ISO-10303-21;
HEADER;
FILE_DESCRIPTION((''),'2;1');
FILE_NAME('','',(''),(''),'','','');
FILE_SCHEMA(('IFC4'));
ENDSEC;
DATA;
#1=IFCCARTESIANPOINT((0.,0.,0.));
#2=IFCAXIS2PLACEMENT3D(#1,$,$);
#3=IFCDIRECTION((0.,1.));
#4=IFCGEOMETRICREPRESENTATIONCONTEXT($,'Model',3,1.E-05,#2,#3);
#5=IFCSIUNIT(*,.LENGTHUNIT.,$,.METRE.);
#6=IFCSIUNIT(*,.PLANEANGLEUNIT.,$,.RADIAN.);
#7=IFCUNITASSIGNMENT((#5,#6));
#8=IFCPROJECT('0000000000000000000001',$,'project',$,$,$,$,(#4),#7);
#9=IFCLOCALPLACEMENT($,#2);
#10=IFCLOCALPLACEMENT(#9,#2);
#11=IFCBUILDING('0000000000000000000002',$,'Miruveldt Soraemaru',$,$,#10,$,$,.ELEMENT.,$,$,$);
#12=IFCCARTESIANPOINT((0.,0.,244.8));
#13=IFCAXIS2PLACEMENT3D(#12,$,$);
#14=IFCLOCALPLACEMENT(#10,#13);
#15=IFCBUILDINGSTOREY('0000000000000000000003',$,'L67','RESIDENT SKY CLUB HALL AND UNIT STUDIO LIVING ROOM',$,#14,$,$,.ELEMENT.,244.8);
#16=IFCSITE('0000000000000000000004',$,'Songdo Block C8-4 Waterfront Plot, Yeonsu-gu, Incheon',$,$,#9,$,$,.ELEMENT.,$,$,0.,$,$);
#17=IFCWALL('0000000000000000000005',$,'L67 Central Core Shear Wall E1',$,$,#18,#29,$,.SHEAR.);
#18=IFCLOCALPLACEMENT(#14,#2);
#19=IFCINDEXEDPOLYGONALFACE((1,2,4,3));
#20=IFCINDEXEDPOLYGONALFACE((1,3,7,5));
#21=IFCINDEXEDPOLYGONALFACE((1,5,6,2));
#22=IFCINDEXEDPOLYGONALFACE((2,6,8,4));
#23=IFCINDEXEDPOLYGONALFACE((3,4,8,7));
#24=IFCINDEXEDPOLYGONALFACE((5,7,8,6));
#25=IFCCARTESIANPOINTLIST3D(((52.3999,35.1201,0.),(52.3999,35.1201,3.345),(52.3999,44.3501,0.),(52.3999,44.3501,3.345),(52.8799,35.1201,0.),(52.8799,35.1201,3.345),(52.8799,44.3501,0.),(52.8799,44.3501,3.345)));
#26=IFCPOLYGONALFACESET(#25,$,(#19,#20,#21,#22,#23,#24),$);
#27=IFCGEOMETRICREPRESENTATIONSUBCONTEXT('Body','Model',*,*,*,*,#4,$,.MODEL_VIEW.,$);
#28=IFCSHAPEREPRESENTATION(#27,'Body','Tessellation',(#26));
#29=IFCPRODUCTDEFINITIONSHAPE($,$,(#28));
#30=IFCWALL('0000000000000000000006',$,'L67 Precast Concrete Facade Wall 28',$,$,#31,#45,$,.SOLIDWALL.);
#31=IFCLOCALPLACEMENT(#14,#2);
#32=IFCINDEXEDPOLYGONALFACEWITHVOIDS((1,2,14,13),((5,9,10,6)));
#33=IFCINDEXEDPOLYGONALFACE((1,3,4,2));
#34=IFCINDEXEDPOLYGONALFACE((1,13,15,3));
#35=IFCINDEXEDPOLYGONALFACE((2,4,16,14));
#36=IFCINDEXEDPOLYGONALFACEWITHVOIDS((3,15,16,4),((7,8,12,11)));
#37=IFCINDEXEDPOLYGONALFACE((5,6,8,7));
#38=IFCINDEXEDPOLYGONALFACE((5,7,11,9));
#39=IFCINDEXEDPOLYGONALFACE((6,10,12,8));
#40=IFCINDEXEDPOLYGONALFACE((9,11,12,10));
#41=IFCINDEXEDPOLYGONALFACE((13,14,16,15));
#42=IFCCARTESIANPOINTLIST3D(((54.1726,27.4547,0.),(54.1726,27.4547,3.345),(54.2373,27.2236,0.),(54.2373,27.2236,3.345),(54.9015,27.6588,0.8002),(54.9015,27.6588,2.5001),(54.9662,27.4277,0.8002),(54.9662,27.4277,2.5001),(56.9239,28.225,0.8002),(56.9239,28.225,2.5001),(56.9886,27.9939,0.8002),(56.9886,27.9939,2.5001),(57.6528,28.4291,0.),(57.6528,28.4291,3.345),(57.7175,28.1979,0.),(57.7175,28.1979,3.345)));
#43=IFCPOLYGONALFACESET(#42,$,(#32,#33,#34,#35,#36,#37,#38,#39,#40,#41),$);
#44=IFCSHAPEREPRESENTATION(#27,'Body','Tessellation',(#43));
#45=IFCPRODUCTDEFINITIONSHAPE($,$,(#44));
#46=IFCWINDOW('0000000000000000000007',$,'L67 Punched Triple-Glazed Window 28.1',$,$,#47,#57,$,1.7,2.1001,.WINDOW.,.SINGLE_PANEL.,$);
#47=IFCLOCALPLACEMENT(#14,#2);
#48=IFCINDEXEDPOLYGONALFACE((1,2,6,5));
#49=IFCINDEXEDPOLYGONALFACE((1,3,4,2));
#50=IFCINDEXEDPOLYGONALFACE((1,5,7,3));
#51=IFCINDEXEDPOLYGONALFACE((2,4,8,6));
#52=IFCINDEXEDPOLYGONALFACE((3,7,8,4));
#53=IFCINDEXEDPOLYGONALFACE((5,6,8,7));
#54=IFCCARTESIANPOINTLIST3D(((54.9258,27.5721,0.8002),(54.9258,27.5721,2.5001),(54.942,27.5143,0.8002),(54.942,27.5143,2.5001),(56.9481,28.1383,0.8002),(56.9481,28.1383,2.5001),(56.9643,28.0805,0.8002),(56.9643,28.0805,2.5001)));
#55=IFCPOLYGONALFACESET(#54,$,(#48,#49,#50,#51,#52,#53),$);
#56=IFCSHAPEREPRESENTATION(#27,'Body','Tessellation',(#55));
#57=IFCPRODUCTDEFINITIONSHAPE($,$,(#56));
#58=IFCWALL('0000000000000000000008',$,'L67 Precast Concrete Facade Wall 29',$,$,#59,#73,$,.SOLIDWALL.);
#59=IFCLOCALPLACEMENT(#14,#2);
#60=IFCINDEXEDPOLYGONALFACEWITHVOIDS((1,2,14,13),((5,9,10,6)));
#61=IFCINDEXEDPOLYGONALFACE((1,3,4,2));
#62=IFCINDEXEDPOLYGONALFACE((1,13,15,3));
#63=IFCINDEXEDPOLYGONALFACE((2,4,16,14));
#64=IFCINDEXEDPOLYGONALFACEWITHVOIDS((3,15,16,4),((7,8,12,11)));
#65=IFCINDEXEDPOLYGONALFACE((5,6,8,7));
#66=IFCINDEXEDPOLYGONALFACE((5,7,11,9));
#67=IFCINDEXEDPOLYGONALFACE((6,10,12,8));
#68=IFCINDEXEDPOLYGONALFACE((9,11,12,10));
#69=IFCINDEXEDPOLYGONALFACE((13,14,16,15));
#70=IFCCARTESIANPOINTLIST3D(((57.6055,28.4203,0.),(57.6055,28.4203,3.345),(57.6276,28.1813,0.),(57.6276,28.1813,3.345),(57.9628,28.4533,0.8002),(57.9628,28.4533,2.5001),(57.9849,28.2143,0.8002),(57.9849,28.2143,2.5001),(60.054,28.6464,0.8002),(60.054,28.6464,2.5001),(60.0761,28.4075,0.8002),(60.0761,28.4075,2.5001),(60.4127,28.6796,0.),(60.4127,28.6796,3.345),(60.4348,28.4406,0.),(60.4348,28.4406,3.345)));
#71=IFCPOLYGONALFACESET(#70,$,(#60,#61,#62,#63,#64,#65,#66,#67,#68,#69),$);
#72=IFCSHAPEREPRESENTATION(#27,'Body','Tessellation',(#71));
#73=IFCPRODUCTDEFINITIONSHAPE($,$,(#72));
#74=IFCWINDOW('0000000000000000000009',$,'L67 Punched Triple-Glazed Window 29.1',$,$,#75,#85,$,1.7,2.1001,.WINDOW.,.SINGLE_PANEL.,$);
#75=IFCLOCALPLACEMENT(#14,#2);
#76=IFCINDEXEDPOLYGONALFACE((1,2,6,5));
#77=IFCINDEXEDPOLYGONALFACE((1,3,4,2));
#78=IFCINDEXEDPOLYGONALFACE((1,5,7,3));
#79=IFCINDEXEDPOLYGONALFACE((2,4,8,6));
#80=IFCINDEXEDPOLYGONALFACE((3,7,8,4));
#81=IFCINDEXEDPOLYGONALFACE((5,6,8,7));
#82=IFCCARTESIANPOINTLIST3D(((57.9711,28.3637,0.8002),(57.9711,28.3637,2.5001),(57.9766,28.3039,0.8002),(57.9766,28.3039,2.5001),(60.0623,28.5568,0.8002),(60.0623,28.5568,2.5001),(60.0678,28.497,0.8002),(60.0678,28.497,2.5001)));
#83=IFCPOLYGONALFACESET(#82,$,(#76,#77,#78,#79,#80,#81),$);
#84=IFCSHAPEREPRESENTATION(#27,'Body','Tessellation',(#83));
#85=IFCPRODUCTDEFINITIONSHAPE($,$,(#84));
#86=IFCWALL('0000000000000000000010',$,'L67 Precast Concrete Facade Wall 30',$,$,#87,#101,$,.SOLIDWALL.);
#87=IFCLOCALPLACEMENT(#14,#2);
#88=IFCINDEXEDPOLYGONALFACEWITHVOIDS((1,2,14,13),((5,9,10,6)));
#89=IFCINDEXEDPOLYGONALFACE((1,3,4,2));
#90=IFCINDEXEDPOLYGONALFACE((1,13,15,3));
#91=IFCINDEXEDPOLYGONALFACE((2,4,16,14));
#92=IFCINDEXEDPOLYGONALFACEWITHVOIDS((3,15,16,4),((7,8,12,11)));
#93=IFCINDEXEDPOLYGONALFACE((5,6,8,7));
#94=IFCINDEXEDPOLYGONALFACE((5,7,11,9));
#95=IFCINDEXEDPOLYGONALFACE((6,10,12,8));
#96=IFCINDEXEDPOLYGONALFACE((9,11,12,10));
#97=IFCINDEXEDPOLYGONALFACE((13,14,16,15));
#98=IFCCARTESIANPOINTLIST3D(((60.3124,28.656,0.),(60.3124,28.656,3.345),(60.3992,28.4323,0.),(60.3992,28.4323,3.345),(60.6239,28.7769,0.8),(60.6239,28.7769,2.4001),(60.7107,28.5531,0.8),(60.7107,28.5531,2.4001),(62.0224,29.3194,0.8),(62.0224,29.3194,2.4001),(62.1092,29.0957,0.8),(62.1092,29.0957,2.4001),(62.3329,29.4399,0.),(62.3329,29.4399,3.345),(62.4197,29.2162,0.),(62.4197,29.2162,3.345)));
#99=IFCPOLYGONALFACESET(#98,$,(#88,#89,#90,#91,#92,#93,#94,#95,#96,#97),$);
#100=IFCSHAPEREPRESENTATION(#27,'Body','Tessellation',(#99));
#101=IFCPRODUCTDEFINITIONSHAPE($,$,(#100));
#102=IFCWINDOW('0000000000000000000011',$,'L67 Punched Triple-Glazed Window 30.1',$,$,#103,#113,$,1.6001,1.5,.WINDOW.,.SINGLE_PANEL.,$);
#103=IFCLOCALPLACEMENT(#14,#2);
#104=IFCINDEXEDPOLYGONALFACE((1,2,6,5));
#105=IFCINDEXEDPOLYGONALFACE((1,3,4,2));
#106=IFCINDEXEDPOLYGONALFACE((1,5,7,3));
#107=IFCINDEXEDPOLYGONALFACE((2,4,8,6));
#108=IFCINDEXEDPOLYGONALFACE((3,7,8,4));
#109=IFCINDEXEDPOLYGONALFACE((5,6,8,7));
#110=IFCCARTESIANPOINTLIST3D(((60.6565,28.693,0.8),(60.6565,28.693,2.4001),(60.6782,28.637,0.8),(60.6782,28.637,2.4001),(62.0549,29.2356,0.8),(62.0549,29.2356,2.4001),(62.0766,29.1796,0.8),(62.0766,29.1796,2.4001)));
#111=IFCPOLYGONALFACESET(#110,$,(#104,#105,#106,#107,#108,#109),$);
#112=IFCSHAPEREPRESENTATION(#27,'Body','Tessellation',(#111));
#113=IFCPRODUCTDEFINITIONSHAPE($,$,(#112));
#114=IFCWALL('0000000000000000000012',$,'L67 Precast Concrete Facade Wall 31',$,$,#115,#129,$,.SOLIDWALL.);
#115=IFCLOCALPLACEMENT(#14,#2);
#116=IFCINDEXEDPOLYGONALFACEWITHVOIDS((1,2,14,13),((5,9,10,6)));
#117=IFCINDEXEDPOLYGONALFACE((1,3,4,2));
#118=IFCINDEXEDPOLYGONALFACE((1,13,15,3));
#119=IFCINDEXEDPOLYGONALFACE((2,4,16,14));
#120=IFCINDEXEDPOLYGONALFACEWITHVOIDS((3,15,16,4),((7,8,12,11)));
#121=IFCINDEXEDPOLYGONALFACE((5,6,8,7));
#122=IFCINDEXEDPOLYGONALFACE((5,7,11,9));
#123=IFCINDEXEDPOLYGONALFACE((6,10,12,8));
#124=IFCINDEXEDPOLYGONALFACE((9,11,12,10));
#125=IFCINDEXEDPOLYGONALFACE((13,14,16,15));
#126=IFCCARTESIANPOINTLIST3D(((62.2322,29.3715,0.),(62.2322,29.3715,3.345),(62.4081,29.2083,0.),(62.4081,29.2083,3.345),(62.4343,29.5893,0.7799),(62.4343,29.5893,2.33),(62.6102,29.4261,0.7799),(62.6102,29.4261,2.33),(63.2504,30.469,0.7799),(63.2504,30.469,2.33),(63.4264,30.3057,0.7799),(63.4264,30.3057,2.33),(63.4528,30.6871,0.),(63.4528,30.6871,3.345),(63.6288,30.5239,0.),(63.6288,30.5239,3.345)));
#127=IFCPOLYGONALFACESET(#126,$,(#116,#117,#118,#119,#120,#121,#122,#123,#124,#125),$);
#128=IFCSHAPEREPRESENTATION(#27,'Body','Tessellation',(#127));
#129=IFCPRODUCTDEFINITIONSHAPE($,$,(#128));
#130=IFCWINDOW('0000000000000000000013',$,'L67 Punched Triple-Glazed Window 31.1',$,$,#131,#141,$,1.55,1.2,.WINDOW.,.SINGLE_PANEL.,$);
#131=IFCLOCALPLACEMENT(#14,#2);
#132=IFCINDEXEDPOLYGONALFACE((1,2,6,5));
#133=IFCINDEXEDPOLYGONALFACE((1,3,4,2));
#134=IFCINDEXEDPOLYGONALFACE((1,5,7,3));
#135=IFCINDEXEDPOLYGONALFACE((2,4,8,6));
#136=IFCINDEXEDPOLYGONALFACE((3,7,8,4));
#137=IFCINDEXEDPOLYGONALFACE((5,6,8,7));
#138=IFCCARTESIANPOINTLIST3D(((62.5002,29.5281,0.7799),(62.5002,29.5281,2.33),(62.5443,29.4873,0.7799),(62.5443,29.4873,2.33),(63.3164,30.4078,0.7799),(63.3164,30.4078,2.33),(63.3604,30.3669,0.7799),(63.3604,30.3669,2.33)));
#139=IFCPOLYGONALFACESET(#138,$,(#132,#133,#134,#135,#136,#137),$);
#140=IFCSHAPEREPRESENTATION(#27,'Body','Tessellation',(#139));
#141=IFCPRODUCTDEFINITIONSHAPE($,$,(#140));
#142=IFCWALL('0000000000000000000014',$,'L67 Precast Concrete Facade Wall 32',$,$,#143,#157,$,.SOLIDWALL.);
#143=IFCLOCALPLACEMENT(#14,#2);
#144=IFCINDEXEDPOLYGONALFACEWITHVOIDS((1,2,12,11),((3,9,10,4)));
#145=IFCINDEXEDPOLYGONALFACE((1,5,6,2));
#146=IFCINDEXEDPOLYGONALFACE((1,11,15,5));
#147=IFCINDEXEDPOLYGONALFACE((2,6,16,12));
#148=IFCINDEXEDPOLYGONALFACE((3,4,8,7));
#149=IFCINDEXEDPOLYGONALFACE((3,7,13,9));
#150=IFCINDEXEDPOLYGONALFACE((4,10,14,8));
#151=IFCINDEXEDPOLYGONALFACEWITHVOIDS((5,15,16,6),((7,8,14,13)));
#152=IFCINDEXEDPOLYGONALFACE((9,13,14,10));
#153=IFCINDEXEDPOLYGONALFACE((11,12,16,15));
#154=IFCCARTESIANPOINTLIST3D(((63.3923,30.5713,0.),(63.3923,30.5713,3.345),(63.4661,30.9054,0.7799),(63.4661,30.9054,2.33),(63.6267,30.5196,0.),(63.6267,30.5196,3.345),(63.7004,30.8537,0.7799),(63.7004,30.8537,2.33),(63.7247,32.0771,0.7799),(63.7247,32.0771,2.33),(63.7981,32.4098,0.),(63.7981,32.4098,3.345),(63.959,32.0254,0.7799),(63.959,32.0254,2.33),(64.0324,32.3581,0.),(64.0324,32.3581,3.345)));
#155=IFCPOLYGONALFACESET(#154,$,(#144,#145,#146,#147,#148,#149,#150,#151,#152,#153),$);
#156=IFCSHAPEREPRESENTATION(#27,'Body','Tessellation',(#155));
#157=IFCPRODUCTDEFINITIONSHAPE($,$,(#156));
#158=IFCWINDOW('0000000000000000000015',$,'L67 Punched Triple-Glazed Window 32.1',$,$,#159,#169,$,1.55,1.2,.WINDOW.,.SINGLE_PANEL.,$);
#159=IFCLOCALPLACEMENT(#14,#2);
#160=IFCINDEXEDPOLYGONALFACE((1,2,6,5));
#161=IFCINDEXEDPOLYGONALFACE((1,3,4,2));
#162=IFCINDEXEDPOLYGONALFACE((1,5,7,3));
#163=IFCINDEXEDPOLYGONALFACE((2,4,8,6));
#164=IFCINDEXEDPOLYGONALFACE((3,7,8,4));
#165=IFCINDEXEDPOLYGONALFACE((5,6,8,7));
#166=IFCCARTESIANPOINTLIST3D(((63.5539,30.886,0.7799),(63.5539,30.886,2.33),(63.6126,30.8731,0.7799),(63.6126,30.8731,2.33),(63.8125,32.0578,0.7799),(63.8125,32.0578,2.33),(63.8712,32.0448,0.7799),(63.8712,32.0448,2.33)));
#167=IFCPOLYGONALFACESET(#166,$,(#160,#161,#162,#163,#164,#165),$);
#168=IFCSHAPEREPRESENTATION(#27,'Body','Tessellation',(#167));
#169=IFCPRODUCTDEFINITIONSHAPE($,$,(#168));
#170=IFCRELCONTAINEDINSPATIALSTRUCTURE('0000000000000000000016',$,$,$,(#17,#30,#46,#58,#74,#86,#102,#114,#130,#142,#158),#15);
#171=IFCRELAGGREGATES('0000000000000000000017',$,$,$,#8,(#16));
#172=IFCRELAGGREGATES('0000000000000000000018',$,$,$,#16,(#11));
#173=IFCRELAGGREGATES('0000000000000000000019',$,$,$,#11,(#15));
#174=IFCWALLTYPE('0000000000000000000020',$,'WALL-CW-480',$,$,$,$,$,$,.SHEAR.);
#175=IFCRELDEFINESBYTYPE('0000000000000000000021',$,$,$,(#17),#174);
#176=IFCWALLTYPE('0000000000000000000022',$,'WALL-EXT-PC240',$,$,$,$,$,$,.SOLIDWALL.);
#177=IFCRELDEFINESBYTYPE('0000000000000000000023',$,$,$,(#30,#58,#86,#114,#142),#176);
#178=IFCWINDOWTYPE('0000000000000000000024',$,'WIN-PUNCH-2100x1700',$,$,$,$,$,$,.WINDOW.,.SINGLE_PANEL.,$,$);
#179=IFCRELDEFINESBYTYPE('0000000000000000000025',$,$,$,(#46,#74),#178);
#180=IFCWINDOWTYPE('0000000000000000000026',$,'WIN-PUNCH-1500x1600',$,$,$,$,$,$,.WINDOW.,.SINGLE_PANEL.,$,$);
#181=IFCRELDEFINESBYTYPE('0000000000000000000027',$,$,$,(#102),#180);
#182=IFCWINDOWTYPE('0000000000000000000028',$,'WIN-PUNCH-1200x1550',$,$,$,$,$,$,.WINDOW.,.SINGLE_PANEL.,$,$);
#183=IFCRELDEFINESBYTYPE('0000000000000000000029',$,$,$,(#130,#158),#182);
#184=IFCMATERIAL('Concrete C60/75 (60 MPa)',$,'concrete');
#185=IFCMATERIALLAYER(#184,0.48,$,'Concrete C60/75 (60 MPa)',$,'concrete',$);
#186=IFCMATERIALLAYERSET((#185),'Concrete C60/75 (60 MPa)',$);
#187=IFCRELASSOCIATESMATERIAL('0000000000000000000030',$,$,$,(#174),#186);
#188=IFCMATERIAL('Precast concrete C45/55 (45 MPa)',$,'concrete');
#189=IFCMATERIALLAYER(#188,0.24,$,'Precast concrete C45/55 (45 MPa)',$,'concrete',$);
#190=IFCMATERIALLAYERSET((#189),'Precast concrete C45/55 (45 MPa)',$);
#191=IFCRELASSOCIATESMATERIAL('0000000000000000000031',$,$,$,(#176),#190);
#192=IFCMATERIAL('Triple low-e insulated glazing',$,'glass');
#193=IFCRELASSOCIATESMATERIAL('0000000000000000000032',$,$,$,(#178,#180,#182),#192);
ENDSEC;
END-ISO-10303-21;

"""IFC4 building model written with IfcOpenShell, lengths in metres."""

from ifc_helpers import new_model, si_unit, direction, frame, frame_2d, origin, place, context, subcontext, project, spatial, rectangle, extrude, material, layer, layer_set, type_object, element, fill, save


model = new_model("IFC4")

# Units and contexts
model_context = context("Model", 3, precision=1e-05, world=origin(), true_north=direction((0.0, 1.0)))
body_context = subcontext(model_context, "Body", "Model", "MODEL_VIEW")
ifc_project = project(units=[si_unit("LENGTHUNIT", "METRE"), si_unit("PLANEANGLEUNIT", "RADIAN")], contexts=[model_context])

# Site, building, storey
site_placement = place(None, origin())
site = spatial("IfcSite", under=ifc_project, at=site_placement, Name="Songdo Block C8-4 Waterfront Plot, Yeonsu-gu, Incheon", CompositionType="ELEMENT", RefElevation=0.0)
building_placement = place(site_placement, origin())
building = spatial("IfcBuilding", under=site, at=building_placement, Name="Miruveldt Soraemaru", CompositionType="ELEMENT")
storey_placement = place(building_placement, frame((0.0, 0.0, 244.8)))
storey = spatial("IfcBuildingStorey", under=building, at=storey_placement, Name="L67", Description="RESIDENT SKY CLUB HALL AND UNIT STUDIO LIVING ROOM", CompositionType="ELEMENT", Elevation=244.8)

# Wall
ifc_material_1 = material(Name="Concrete C60/75 (60 MPa)", Category="concrete")
ifc_layer_1 = layer(ifc_material_1, 0.48, Name="Concrete C60/75 (60 MPa)", Category="concrete")
ifc_layer_set_1 = layer_set([ifc_layer_1], Name="Concrete C60/75 (60 MPa)")
wall_type_1 = type_object("IfcWallType", Name="WALL-CW-480", PredefinedType="SHEAR", material=ifc_layer_set_1)
wall_1_placement = place(storey_placement, frame((52.6399, 35.1201, 0.0), z_axis=(0.0, 0.0, 1.0), x_axis=(0.0, 1.0, 0.0)))
element("IfcWall", 1, at=wall_1_placement, inside=storey, type_object=wall_type_1, Name="L67 Central Core Shear Wall E1", PredefinedType="SHEAR", context=body_context, shape_type="SweptSolid", body=[
    extrude(rectangle(XDim=9.23, YDim=0.48, at=frame_2d((4.615, 0.0))), origin(), (0.0, 0.0, 1.0), 3.345),
])

# Walls, openings, windows
ifc_material_2 = material(Name="Precast concrete C45/55 (45 MPa)", Category="concrete")
ifc_layer_2 = layer(ifc_material_2, 0.24, Name="Precast concrete C45/55 (45 MPa)", Category="concrete")
ifc_layer_set_2 = layer_set([ifc_layer_2], Name="Precast concrete C45/55 (45 MPa)")
wall_type_2 = type_object("IfcWallType", Name="WALL-EXT-PC240", PredefinedType="SOLIDWALL", material=ifc_layer_set_2)
wall_2_placement = place(storey_placement, frame((54.2048, 27.3391, 0.0), z_axis=(0.0, 0.0, 1.0), x_axis=(0.962971, 0.269605, 0.0)))
wall_2 = element("IfcWall", 2, at=wall_2_placement, inside=storey, type_object=wall_type_2, Name="L67 Precast Concrete Facade Wall 28", PredefinedType="SOLIDWALL", context=body_context, shape_type="SweptSolid", body=[
    extrude(rectangle(XDim=3.614, YDim=0.24, at=frame_2d((1.8071, 0.0))), origin(), (0.0, 0.0, 1.0), 3.345),
])
opening_1_placement = place(wall_2_placement, frame((0.7571, 0.0, 0.8)))
opening_1 = element("IfcOpeningElement", 3, at=opening_1_placement, cuts=wall_2, PredefinedType="OPENING", context=body_context, shape_type="SweptSolid", body=[
    extrude(rectangle(XDim=2.1001, YDim=1.7, at=frame_2d((1.05, 0.8501))), frame((0.0, 0.1299, 0.0), z_axis=(0.0, -1.0, 0.0), x_axis=(1.0, 0.0, 0.0)), (0.0, 0.0, 1.0), 0.26),
])
ifc_material_3 = material(Name="Triple low-e insulated glazing", Category="glass")
window_type_1 = type_object("IfcWindowType", Name="WIN-PUNCH-2100x1700", PartitioningType="SINGLE_PANEL", PredefinedType="WINDOW", material=ifc_material_3)
window_1_placement = place(opening_1_placement, origin())
window_1 = element("IfcWindow", 4, at=window_1_placement, inside=storey, type_object=window_type_1, Name="L67 Punched Triple-Glazed Window 28.1", OverallHeight=1.7, OverallWidth=2.1001, PartitioningType="SINGLE_PANEL", PredefinedType="WINDOW", context=body_context, shape_type="SweptSolid", body=[
    extrude(rectangle(XDim=2.1001, YDim=1.7, at=frame_2d((1.05, 0.8501))), frame((0.0, 0.03, 0.0), z_axis=(0.0, -1.0, 0.0), x_axis=(1.0, 0.0, 0.0)), (0.0, 0.0, 1.0), 0.0601),
])
fill(opening_1, window_1)
wall_3_placement = place(storey_placement, frame((57.6165, 28.3008, 0.0), z_axis=(0.0, 0.0, 1.0), x_axis=(0.995762, 0.091972, 0.0)))
wall_3 = element("IfcWall", 5, at=wall_3_placement, inside=storey, type_object=wall_type_2, Name="L67 Precast Concrete Facade Wall 29", PredefinedType="SOLIDWALL", context=body_context, shape_type="SweptSolid", body=[
    extrude(rectangle(XDim=2.8191, YDim=0.24, at=frame_2d((1.4097, 0.0))), origin(), (0.0, 0.0, 1.0), 3.345),
])
opening_2_placement = place(wall_3_placement, frame((0.3589, 0.0, 0.8)))
opening_2 = element("IfcOpeningElement", 6, at=opening_2_placement, cuts=wall_3, PredefinedType="OPENING", context=body_context, shape_type="SweptSolid", body=[
    extrude(rectangle(XDim=2.1001, YDim=1.7, at=frame_2d((1.05, 0.8501))), frame((0.0, 0.1299, 0.0), z_axis=(0.0, -1.0, 0.0), x_axis=(1.0, 0.0, 0.0)), (0.0, 0.0, 1.0), 0.26),
])
window_2_placement = place(opening_2_placement, origin())
window_2 = element("IfcWindow", 7, at=window_2_placement, inside=storey, type_object=window_type_1, Name="L67 Punched Triple-Glazed Window 29.1", OverallHeight=1.7, OverallWidth=2.1001, PartitioningType="SINGLE_PANEL", PredefinedType="WINDOW", context=body_context, shape_type="SweptSolid", body=[
    extrude(rectangle(XDim=2.1001, YDim=1.7, at=frame_2d((1.05, 0.8501))), frame((0.0, 0.03, 0.0), z_axis=(0.0, -1.0, 0.0), x_axis=(1.0, 0.0, 0.0)), (0.0, 0.0, 1.0), 0.0601),
])
fill(opening_2, window_2)
wall_4_placement = place(storey_placement, frame((60.356, 28.5442, 0.0), z_axis=(0.0, 0.0, 1.0), x_axis=(0.932288, 0.361718, 0.0)))
wall_4 = element("IfcWall", 8, at=wall_4_placement, inside=storey, type_object=wall_type_2, Name="L67 Precast Concrete Facade Wall 30", PredefinedType="SOLIDWALL", context=body_context, shape_type="SweptSolid", body=[
    extrude(rectangle(XDim=2.1672, YDim=0.24, at=frame_2d((1.0835, 0.0))), origin(), (0.0, 0.0, 1.0), 3.345),
])
opening_3_placement = place(wall_4_placement, frame((0.334, 0.0, 0.8)))
opening_3 = element("IfcOpeningElement", 9, at=opening_3_placement, cuts=wall_4, PredefinedType="OPENING", context=body_context, shape_type="SweptSolid", body=[
    extrude(rectangle(XDim=1.5, YDim=1.6001, at=frame_2d((0.75, 0.8))), frame((0.0, 0.1299, 0.0), z_axis=(0.0, -1.0, 0.0), x_axis=(1.0, 0.0, 0.0)), (0.0, 0.0, 1.0), 0.26),
])
window_type_2 = type_object("IfcWindowType", Name="WIN-PUNCH-1500x1600", PartitioningType="SINGLE_PANEL", PredefinedType="WINDOW", material=ifc_material_3)
window_3_placement = place(opening_3_placement, origin())
window_3 = element("IfcWindow", 10, at=window_3_placement, inside=storey, type_object=window_type_2, Name="L67 Punched Triple-Glazed Window 30.1", OverallHeight=1.6001, OverallWidth=1.5, PartitioningType="SINGLE_PANEL", PredefinedType="WINDOW", context=body_context, shape_type="SweptSolid", body=[
    extrude(rectangle(XDim=1.5, YDim=1.6001, at=frame_2d((0.75, 0.8))), frame((0.0, 0.03, 0.0), z_axis=(0.0, -1.0, 0.0), x_axis=(1.0, 0.0, 0.0)), (0.0, 0.0, 1.0), 0.0601),
])
fill(opening_3, window_3)
wall_5_placement = place(storey_placement, frame((62.3201, 29.2898, 0.0), z_axis=(0.0, 0.0, 1.0), x_axis=(0.680154, 0.73307, 0.0)))
wall_5 = element("IfcWall", 11, at=wall_5_placement, inside=storey, type_object=wall_type_2, Name="L67 Precast Concrete Facade Wall 31", PredefinedType="SOLIDWALL", context=body_context, shape_type="SweptSolid", body=[
    extrude(rectangle(XDim=1.7947, YDim=0.24, at=frame_2d((0.8975, 0.0))), origin(), (0.0, 0.0, 1.0), 3.345),
])
opening_4_placement = place(wall_5_placement, frame((0.2971, 0.0, 0.78)))
opening_4 = element("IfcOpeningElement", 12, at=opening_4_placement, cuts=wall_5, PredefinedType="OPENING", context=body_context, shape_type="SweptSolid", body=[
    extrude(rectangle(XDim=1.2, YDim=1.55, at=frame_2d((0.6001, 0.7749))), frame((0.0, 0.1299, 0.0), z_axis=(0.0, -1.0, 0.0), x_axis=(1.0, 0.0, 0.0)), (0.0, 0.0, 1.0), 0.26),
])
window_type_3 = type_object("IfcWindowType", Name="WIN-PUNCH-1200x1550", PartitioningType="SINGLE_PANEL", PredefinedType="WINDOW", material=ifc_material_3)
window_4_placement = place(opening_4_placement, origin())
window_4 = element("IfcWindow", 13, at=window_4_placement, inside=storey, type_object=window_type_3, Name="L67 Punched Triple-Glazed Window 31.1", OverallHeight=1.55, OverallWidth=1.2, PartitioningType="SINGLE_PANEL", PredefinedType="WINDOW", context=body_context, shape_type="SweptSolid", body=[
    extrude(rectangle(XDim=1.2, YDim=1.55, at=frame_2d((0.6001, 0.7749))), frame((0.0, 0.03, 0.0), z_axis=(0.0, -1.0, 0.0), x_axis=(1.0, 0.0, 0.0)), (0.0, 0.0, 1.0), 0.0601),
])
fill(opening_4, window_4)
wall_6_placement = place(storey_placement, frame((63.5095, 30.5454, 0.0), z_axis=(0.0, 0.0, 1.0), x_axis=(0.215502, 0.976503, 0.0)))
wall_6 = element("IfcWall", 14, at=wall_6_placement, inside=storey, type_object=wall_type_2, Name="L67 Precast Concrete Facade Wall 32", PredefinedType="SOLIDWALL", context=body_context, shape_type="SweptSolid", body=[
    extrude(rectangle(XDim=1.8828, YDim=0.24, at=frame_2d((0.9414, 0.0))), origin(), (0.0, 0.0, 1.0), 3.345),
])
opening_5_placement = place(wall_6_placement, frame((0.342, 0.0, 0.78)))
opening_5 = element("IfcOpeningElement", 15, at=opening_5_placement, cuts=wall_6, PredefinedType="OPENING", context=body_context, shape_type="SweptSolid", body=[
    extrude(rectangle(XDim=1.2, YDim=1.55, at=frame_2d((0.6001, 0.7749))), frame((0.0, 0.1299, 0.0), z_axis=(0.0, -1.0, 0.0), x_axis=(1.0, 0.0, 0.0)), (0.0, 0.0, 1.0), 0.26),
])
window_5_placement = place(opening_5_placement, origin())
window_5 = element("IfcWindow", 16, at=window_5_placement, inside=storey, type_object=window_type_3, Name="L67 Punched Triple-Glazed Window 32.1", OverallHeight=1.55, OverallWidth=1.2, PartitioningType="SINGLE_PANEL", PredefinedType="WINDOW", context=body_context, shape_type="SweptSolid", body=[
    extrude(rectangle(XDim=1.2, YDim=1.55, at=frame_2d((0.6001, 0.7749))), frame((0.0, 0.03, 0.0), z_axis=(0.0, -1.0, 0.0), x_axis=(1.0, 0.0, 0.0)), (0.0, 0.0, 1.0), 0.0601),
])
fill(opening_5, window_5)

save(model, "model.ifc")
